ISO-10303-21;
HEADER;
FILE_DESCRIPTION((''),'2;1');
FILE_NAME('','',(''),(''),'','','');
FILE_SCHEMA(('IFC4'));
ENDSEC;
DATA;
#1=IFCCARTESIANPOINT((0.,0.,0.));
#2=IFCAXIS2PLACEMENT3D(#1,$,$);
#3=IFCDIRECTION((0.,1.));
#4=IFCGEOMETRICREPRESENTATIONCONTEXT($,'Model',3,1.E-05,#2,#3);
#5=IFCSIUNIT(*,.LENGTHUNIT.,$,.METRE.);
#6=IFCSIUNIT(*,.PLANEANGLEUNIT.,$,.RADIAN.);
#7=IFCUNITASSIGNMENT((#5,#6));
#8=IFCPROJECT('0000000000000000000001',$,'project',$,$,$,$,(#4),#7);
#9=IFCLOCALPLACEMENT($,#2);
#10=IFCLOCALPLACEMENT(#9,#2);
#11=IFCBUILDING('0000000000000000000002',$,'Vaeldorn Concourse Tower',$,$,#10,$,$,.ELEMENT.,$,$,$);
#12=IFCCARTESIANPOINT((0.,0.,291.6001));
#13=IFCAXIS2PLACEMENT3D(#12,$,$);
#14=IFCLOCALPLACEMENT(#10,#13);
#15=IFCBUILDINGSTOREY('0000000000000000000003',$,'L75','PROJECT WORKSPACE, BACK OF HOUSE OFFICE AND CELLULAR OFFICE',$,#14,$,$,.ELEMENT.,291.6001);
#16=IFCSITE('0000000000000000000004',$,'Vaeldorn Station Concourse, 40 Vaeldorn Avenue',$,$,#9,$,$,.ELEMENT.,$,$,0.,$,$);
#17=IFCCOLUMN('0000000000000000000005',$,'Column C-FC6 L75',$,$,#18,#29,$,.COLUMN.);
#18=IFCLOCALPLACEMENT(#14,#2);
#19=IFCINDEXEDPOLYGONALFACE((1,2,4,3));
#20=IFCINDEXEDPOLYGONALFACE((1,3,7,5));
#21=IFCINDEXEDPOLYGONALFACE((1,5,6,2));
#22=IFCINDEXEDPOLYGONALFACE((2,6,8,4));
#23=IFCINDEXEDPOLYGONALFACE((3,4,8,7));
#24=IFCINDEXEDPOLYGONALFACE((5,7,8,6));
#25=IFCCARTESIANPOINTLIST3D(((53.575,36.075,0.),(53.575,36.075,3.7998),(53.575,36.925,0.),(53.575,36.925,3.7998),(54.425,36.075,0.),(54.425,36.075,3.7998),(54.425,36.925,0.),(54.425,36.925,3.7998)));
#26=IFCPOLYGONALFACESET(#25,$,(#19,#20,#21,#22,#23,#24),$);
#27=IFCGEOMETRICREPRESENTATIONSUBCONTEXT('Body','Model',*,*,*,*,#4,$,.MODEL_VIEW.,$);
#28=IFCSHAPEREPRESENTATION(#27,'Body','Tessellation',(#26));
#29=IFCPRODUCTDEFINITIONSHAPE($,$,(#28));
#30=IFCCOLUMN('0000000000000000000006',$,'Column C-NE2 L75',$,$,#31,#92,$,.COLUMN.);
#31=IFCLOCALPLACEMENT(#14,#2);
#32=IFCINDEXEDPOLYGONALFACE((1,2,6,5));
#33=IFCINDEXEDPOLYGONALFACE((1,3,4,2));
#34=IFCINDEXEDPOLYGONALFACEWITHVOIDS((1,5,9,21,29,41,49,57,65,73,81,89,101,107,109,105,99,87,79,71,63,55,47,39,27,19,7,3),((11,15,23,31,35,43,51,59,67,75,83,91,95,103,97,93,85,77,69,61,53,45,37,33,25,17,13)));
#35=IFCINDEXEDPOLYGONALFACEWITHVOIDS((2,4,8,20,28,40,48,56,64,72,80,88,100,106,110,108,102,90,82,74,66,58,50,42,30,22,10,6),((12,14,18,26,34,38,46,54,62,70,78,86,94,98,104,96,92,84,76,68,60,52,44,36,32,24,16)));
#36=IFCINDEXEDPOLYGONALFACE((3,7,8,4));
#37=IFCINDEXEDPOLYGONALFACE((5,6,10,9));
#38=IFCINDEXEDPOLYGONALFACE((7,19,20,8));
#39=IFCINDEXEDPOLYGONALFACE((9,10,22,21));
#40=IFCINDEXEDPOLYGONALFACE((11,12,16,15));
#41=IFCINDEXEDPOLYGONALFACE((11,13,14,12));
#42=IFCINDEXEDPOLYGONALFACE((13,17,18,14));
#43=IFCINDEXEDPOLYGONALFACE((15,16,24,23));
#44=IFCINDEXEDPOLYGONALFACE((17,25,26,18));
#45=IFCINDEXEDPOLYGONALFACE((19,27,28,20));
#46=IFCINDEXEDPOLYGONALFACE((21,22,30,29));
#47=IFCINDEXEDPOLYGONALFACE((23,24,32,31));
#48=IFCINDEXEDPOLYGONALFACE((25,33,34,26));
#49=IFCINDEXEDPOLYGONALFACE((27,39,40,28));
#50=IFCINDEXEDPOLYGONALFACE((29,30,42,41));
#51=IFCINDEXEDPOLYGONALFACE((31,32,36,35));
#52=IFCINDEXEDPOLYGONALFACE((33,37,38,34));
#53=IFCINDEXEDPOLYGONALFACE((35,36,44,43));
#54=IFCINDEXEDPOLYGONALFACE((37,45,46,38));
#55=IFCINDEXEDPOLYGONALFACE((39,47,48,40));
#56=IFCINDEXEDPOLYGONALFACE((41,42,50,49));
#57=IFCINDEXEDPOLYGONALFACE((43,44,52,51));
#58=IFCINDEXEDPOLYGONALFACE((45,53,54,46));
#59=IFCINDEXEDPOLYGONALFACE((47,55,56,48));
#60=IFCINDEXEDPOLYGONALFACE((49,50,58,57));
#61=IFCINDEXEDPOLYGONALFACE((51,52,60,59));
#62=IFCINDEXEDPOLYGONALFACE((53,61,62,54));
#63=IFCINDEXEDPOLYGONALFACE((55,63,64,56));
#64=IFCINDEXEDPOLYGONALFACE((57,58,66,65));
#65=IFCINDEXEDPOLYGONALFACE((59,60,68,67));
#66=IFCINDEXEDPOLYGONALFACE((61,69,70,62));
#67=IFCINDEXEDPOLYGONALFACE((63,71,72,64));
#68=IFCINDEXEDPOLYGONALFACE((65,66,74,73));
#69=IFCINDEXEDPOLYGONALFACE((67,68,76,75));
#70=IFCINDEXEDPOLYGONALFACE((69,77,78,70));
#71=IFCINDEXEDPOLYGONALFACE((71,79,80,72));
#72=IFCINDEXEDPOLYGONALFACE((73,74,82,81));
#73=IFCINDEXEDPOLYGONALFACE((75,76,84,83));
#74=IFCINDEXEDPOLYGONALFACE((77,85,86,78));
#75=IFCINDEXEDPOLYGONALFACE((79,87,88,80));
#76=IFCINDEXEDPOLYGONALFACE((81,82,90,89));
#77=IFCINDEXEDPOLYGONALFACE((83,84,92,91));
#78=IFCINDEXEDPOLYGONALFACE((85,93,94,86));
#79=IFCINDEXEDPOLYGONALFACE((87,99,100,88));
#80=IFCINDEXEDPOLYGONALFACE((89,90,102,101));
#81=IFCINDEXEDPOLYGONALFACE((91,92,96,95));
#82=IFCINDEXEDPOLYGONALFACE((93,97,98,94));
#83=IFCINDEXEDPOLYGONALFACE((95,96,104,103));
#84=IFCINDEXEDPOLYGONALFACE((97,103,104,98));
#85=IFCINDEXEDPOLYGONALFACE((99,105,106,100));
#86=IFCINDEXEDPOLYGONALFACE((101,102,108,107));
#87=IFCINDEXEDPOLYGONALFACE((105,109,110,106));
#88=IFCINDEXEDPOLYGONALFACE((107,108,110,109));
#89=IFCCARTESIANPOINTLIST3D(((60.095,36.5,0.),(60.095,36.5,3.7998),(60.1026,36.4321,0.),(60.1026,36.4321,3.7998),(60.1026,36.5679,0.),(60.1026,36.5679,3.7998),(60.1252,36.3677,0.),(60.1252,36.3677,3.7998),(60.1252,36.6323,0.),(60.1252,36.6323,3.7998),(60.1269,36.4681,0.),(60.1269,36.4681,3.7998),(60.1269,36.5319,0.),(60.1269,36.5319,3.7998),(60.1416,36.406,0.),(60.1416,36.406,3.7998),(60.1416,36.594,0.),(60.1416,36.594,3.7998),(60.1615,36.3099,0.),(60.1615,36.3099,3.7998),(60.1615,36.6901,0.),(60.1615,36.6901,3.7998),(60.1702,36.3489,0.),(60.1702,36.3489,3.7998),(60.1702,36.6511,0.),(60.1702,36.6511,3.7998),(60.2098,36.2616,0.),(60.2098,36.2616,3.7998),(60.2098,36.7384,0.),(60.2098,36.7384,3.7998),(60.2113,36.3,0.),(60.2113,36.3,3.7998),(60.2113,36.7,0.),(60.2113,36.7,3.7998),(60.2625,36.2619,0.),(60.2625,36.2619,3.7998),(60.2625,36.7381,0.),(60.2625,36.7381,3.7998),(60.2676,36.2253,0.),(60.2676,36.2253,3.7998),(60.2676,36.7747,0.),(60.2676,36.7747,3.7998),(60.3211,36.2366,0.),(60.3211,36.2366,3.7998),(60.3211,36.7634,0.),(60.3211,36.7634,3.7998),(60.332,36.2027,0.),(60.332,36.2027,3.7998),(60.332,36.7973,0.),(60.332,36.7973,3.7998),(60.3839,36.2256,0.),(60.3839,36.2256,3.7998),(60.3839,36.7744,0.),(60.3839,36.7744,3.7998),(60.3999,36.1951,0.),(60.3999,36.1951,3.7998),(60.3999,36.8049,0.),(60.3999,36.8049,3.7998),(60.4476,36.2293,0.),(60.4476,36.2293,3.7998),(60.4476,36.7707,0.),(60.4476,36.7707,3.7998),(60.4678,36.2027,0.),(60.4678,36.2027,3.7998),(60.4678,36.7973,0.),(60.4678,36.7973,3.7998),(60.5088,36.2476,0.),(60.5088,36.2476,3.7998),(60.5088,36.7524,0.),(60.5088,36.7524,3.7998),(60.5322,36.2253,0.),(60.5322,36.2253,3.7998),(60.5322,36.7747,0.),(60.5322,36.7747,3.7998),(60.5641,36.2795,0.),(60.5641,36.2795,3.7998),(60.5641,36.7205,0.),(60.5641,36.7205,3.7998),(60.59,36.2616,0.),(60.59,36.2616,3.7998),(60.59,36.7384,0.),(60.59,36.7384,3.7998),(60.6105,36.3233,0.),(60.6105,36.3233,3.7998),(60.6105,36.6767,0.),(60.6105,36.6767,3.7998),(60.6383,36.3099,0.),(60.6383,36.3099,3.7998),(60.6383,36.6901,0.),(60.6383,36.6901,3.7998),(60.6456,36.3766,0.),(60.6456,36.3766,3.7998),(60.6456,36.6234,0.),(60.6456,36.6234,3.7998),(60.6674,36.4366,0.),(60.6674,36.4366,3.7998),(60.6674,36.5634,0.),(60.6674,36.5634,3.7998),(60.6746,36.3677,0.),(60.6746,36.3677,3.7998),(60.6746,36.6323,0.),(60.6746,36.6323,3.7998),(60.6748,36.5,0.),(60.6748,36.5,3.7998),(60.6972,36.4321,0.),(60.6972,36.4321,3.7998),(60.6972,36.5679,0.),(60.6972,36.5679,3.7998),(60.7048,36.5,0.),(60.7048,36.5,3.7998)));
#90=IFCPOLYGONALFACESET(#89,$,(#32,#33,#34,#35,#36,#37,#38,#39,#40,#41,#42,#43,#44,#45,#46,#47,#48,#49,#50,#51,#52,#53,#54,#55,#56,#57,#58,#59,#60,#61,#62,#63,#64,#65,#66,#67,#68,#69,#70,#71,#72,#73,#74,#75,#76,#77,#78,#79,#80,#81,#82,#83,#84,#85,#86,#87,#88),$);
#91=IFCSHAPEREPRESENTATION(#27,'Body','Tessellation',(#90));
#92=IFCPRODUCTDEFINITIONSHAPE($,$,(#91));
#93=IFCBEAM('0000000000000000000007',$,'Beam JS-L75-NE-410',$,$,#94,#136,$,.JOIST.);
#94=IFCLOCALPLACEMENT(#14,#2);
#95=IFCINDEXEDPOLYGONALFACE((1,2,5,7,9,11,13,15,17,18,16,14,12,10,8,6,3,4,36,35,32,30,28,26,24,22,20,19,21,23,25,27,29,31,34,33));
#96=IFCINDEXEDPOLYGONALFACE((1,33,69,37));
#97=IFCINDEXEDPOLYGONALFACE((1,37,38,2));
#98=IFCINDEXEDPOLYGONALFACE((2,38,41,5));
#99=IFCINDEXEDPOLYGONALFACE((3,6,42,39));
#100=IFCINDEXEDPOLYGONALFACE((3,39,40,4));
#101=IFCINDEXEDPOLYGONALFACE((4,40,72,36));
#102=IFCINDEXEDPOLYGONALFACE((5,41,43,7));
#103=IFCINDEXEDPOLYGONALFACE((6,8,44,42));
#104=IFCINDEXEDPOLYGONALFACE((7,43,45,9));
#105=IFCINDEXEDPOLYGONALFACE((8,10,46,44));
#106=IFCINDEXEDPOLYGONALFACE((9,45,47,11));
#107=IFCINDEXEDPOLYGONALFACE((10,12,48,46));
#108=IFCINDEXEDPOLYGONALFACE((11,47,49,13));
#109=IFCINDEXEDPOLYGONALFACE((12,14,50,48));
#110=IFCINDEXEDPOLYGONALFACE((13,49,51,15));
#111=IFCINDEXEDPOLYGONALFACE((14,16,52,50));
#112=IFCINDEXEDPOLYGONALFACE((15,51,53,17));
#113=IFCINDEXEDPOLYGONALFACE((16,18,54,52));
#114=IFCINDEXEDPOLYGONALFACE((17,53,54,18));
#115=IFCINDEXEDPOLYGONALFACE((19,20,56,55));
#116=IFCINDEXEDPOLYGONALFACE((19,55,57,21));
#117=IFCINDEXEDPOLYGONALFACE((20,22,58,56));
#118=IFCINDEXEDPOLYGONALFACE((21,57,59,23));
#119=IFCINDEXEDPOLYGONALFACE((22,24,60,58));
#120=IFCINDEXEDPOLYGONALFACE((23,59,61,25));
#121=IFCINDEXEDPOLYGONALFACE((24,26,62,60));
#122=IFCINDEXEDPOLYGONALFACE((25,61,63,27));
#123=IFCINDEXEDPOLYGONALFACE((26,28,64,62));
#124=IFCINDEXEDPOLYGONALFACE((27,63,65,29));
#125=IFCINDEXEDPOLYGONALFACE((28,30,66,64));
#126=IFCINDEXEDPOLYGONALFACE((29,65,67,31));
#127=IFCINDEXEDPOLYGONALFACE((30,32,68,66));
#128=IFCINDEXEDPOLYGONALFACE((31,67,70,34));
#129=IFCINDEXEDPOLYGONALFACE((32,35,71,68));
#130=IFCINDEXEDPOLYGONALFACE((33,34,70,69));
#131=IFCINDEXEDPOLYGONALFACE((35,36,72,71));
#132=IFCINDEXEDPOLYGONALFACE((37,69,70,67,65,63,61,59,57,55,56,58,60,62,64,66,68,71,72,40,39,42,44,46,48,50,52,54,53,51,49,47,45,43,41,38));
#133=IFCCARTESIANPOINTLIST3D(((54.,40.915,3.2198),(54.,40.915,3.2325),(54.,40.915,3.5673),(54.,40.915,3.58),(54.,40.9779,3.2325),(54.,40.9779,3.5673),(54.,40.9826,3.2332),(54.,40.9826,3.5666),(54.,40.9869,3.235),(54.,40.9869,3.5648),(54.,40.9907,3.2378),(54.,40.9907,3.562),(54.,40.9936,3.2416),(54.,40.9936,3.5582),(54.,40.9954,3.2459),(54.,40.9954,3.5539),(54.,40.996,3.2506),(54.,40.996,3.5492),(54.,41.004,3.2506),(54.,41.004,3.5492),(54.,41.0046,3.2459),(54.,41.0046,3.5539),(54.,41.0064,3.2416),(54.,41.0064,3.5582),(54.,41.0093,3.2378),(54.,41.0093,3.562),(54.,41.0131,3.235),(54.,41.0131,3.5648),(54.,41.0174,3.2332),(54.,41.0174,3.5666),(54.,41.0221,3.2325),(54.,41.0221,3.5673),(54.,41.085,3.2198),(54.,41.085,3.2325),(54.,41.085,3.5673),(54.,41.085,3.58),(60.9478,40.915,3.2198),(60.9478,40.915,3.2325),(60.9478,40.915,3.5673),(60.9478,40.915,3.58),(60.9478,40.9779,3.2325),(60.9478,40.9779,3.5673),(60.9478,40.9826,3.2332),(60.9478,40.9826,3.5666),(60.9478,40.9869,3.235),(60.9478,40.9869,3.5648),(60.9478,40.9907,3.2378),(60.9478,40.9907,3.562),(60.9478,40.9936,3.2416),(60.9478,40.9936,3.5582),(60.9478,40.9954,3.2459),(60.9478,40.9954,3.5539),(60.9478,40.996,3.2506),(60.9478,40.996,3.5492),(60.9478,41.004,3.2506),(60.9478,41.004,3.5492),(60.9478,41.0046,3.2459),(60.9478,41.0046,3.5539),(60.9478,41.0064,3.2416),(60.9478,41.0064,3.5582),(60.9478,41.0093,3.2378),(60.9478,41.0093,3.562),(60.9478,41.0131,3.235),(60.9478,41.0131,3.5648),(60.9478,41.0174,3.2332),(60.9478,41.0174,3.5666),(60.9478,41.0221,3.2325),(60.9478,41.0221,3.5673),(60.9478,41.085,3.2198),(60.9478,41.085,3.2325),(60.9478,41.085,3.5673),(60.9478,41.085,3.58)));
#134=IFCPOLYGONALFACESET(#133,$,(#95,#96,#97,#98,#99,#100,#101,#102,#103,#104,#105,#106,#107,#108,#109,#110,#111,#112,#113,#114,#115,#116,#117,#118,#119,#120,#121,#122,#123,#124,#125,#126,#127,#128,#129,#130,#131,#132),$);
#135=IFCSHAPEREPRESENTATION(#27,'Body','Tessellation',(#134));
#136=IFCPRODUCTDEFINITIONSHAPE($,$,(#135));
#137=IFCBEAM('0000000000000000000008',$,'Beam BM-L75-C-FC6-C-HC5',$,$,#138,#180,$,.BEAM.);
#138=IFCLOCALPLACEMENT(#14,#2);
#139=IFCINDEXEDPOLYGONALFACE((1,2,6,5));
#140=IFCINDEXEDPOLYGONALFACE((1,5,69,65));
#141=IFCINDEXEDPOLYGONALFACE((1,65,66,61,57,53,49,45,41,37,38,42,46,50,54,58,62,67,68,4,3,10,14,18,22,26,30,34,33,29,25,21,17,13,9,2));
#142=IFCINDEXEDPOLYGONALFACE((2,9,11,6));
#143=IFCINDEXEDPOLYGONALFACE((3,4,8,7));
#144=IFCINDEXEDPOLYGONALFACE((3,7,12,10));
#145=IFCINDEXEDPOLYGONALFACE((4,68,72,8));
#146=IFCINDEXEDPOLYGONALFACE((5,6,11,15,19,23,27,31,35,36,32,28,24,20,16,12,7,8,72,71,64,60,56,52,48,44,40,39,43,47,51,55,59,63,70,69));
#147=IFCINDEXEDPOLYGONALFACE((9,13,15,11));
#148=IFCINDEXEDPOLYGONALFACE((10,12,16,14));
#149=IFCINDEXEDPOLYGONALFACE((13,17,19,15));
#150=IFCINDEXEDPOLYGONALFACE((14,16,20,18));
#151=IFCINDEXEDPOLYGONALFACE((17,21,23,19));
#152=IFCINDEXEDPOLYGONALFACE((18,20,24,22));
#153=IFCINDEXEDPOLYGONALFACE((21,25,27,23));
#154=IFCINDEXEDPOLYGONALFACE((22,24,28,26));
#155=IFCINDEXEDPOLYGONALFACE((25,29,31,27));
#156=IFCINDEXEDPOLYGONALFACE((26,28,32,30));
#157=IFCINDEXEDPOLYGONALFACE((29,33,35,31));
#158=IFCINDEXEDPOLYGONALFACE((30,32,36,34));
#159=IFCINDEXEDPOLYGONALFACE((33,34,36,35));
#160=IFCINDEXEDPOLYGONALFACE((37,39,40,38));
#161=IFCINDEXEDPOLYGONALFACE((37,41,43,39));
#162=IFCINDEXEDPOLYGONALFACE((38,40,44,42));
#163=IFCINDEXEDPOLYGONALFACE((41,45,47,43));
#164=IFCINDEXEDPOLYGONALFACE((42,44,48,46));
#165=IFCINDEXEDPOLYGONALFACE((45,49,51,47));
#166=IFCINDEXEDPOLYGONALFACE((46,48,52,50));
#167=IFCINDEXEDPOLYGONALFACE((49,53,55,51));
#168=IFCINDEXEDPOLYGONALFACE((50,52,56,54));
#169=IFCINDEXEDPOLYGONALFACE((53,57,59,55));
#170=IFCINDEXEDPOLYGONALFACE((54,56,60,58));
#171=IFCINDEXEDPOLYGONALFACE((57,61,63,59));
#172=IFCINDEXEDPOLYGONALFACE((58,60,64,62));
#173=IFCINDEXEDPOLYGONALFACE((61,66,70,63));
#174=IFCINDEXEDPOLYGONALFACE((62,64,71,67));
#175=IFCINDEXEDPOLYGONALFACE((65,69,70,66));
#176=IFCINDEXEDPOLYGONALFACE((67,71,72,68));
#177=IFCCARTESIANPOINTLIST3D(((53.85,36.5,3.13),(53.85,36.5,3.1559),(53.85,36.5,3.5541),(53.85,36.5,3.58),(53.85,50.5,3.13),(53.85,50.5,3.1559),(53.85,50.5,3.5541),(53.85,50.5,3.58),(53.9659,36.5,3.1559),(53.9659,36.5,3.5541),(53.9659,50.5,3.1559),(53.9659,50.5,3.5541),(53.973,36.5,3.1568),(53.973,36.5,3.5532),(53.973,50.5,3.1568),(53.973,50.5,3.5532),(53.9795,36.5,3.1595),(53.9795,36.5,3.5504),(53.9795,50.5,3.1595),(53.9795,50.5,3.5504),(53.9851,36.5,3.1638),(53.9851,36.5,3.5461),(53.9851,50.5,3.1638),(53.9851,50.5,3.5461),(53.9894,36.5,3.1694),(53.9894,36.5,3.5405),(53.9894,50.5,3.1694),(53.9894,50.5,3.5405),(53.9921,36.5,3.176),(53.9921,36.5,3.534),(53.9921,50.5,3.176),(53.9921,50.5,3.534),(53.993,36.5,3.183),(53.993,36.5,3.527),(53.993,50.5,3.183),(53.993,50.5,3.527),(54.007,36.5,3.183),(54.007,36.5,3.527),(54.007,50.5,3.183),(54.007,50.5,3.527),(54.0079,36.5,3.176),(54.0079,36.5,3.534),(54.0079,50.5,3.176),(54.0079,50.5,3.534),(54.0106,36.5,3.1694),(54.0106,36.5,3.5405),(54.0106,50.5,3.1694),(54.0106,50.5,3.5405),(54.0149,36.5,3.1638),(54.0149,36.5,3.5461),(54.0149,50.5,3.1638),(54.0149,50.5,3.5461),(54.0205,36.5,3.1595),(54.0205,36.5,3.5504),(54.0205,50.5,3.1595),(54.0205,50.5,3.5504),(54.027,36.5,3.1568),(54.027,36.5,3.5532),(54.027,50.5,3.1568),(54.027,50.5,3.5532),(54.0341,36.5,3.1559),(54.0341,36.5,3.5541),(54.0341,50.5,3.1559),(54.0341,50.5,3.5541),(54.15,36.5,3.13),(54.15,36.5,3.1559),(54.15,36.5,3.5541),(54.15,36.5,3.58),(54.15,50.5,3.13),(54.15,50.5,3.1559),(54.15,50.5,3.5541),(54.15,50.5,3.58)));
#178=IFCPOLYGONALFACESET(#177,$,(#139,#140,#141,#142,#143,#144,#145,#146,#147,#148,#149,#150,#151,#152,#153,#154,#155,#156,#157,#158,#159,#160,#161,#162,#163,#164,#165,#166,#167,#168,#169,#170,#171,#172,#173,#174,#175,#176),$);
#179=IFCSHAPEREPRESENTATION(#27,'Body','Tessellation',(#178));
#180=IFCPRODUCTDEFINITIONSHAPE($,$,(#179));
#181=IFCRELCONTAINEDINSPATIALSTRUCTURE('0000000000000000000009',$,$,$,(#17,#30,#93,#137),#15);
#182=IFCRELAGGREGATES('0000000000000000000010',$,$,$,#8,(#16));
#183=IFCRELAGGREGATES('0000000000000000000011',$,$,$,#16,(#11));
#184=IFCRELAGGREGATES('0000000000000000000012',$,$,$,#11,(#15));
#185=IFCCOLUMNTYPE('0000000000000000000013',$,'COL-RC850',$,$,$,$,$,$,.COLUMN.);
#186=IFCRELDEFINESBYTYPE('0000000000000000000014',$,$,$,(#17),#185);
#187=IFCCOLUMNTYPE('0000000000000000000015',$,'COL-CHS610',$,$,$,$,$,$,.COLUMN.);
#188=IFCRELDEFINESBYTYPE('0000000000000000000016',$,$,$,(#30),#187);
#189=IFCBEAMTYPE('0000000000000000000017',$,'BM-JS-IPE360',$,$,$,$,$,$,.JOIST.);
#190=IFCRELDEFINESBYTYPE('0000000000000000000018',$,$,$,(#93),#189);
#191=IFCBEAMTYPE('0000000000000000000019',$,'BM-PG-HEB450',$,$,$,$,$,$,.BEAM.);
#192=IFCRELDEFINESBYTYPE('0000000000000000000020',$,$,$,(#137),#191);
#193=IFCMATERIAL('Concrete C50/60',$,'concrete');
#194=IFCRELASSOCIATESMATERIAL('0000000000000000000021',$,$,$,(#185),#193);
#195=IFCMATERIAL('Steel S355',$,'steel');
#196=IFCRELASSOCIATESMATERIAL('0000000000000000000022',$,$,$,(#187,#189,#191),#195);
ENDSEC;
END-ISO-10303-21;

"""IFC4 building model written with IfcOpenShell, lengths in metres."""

from ifc_helpers import new_model, si_unit, direction, frame, origin, origin_2d, place, context, subcontext, project, spatial, rectangle, hollow_circle, i_section, extrude, source, transform, mapped, material, material_profile, profile_set, type_object, element, save


model = new_model("IFC4")

# Units and contexts
model_context = context("Model", 3, precision=1e-05, world=origin(), true_north=direction((0.0, 1.0)))
body_context = subcontext(model_context, "Body", "Model", "MODEL_VIEW")
ifc_project = project(units=[si_unit("LENGTHUNIT", "METRE"), si_unit("PLANEANGLEUNIT", "RADIAN")], contexts=[model_context])

# Site, building, storey
site_placement = place(None, origin())
site = spatial("IfcSite", under=ifc_project, at=site_placement, Name="Vaeldorn Station Concourse, 40 Vaeldorn Avenue", CompositionType="ELEMENT", RefElevation=0.0)
building_placement = place(site_placement, origin())
building = spatial("IfcBuilding", under=site, at=building_placement, Name="Vaeldorn Concourse Tower", CompositionType="ELEMENT")
storey_placement = place(building_placement, frame((0.0, 0.0, 291.6001)))
storey = spatial("IfcBuildingStorey", under=building, at=storey_placement, Name="L75", Description="PROJECT WORKSPACE, BACK OF HOUSE OFFICE AND CELLULAR OFFICE", CompositionType="ELEMENT", Elevation=291.6001)

# Columns
ifc_material_1 = material(Name="Concrete C50/60", Category="concrete")
ifc_material_profile_1 = material_profile(ifc_material_1, rectangle(XDim=0.8501, YDim=0.8501, at=origin_2d()), Name="RC 850x850")
ifc_profile_set_1 = profile_set([ifc_material_profile_1], Name="Concrete C50/60")
column_type_1 = type_object("IfcColumnType", Name="COL-RC850", PredefinedType="COLUMN", material=ifc_profile_set_1)
shared_shape_1 = source(origin(), body_context, "Body", "SweptSolid", [
    extrude(rectangle(XDim=0.8501, YDim=0.8501, at=origin_2d()), origin(), (0.0, 0.0, 1.0), 3.7998),
])
column_1_placement = place(storey_placement, frame((54.0, 36.5, 0.0), z_axis=(0.0, 0.0, 1.0), x_axis=(1.0, 0.0, 0.0)))
element("IfcColumn", 1, at=column_1_placement, inside=storey, type_object=column_type_1, Name="Column C-FC6 L75", PredefinedType="COLUMN", context=body_context, shape_type="MappedRepresentation", body=[
    mapped(shared_shape_1, transform((0.0, 0.0, 0.0), scale=1.0)),
])
ifc_material_2 = material(Name="Steel S355", Category="steel")
ifc_material_profile_2 = material_profile(ifc_material_2, hollow_circle(Radius=0.3049, WallThickness=0.03, at=origin_2d()), Name="CHS 610x30")
ifc_profile_set_2 = profile_set([ifc_material_profile_2], Name="Steel S355")
column_type_2 = type_object("IfcColumnType", Name="COL-CHS610", PredefinedType="COLUMN", material=ifc_profile_set_2)
shared_shape_2 = source(origin(), body_context, "Body", "SweptSolid", [
    extrude(hollow_circle(Radius=0.3049, WallThickness=0.03, at=origin_2d()), origin(), (0.0, 0.0, 1.0), 3.7998),
])
column_2_placement = place(storey_placement, frame((60.3999, 36.5, 0.0), z_axis=(0.0, 0.0, 1.0), x_axis=(1.0, 0.0, 0.0)))
element("IfcColumn", 2, at=column_2_placement, inside=storey, type_object=column_type_2, Name="Column C-NE2 L75", PredefinedType="COLUMN", context=body_context, shape_type="MappedRepresentation", body=[
    mapped(shared_shape_2, transform((0.0, 0.0, 0.0), scale=1.0)),
])

# Beams
ifc_material_profile_3 = material_profile(ifc_material_2, i_section(OverallWidth=0.1699, OverallDepth=0.3601, WebThickness=0.0081, FlangeThickness=0.0127, FilletRadius=0.0181, at=origin_2d()), Name="IPE 360")
ifc_profile_set_3 = profile_set([ifc_material_profile_3], Name="Steel S355")
beam_type_1 = type_object("IfcBeamType", Name="BM-JS-IPE360", PredefinedType="JOIST", material=ifc_profile_set_3)
shared_shape_3 = source(origin(), body_context, "Body", "SweptSolid", [
    extrude(i_section(OverallWidth=0.1699, OverallDepth=0.3601, WebThickness=0.0081, FlangeThickness=0.0127, FilletRadius=0.0181, at=origin_2d()), origin(), (0.0, 0.0, 1.0), 6.9478),
])
beam_1_placement = place(storey_placement, frame((54.0, 41.0, 3.3999), z_axis=(1.0, 0.0, 0.0), x_axis=(0.0, 1.0, 0.0)))
element("IfcBeam", 3, at=beam_1_placement, inside=storey, type_object=beam_type_1, Name="Beam JS-L75-NE-410", PredefinedType="JOIST", context=body_context, shape_type="MappedRepresentation", body=[
    mapped(shared_shape_3, transform((0.0, 0.0, 0.0), scale=1.0)),
])
ifc_material_profile_4 = material_profile(ifc_material_2, i_section(OverallWidth=0.3, OverallDepth=0.45, WebThickness=0.0139, FlangeThickness=0.0259, FilletRadius=0.0271, at=origin_2d()), Name="HEB 450")
ifc_profile_set_4 = profile_set([ifc_material_profile_4], Name="Steel S355")
beam_type_2 = type_object("IfcBeamType", Name="BM-PG-HEB450", PredefinedType="BEAM", material=ifc_profile_set_4)
shared_shape_4 = source(origin(), body_context, "Body", "SweptSolid", [
    extrude(i_section(OverallWidth=0.3, OverallDepth=0.45, WebThickness=0.0139, FlangeThickness=0.0259, FilletRadius=0.0271, at=origin_2d()), origin(), (0.0, 0.0, 1.0), 14.0),
])
beam_2_placement = place(storey_placement, frame((54.0, 36.5, 3.355), z_axis=(0.0, 1.0, 0.0), x_axis=(-1.0, 0.0, 0.0)))
element("IfcBeam", 4, at=beam_2_placement, inside=storey, type_object=beam_type_2, Name="Beam BM-L75-C-FC6-C-HC5", PredefinedType="BEAM", context=body_context, shape_type="MappedRepresentation", body=[
    mapped(shared_shape_4, transform((0.0, 0.0, 0.0), scale=1.0)),
])

save(model, "model.ifc")
